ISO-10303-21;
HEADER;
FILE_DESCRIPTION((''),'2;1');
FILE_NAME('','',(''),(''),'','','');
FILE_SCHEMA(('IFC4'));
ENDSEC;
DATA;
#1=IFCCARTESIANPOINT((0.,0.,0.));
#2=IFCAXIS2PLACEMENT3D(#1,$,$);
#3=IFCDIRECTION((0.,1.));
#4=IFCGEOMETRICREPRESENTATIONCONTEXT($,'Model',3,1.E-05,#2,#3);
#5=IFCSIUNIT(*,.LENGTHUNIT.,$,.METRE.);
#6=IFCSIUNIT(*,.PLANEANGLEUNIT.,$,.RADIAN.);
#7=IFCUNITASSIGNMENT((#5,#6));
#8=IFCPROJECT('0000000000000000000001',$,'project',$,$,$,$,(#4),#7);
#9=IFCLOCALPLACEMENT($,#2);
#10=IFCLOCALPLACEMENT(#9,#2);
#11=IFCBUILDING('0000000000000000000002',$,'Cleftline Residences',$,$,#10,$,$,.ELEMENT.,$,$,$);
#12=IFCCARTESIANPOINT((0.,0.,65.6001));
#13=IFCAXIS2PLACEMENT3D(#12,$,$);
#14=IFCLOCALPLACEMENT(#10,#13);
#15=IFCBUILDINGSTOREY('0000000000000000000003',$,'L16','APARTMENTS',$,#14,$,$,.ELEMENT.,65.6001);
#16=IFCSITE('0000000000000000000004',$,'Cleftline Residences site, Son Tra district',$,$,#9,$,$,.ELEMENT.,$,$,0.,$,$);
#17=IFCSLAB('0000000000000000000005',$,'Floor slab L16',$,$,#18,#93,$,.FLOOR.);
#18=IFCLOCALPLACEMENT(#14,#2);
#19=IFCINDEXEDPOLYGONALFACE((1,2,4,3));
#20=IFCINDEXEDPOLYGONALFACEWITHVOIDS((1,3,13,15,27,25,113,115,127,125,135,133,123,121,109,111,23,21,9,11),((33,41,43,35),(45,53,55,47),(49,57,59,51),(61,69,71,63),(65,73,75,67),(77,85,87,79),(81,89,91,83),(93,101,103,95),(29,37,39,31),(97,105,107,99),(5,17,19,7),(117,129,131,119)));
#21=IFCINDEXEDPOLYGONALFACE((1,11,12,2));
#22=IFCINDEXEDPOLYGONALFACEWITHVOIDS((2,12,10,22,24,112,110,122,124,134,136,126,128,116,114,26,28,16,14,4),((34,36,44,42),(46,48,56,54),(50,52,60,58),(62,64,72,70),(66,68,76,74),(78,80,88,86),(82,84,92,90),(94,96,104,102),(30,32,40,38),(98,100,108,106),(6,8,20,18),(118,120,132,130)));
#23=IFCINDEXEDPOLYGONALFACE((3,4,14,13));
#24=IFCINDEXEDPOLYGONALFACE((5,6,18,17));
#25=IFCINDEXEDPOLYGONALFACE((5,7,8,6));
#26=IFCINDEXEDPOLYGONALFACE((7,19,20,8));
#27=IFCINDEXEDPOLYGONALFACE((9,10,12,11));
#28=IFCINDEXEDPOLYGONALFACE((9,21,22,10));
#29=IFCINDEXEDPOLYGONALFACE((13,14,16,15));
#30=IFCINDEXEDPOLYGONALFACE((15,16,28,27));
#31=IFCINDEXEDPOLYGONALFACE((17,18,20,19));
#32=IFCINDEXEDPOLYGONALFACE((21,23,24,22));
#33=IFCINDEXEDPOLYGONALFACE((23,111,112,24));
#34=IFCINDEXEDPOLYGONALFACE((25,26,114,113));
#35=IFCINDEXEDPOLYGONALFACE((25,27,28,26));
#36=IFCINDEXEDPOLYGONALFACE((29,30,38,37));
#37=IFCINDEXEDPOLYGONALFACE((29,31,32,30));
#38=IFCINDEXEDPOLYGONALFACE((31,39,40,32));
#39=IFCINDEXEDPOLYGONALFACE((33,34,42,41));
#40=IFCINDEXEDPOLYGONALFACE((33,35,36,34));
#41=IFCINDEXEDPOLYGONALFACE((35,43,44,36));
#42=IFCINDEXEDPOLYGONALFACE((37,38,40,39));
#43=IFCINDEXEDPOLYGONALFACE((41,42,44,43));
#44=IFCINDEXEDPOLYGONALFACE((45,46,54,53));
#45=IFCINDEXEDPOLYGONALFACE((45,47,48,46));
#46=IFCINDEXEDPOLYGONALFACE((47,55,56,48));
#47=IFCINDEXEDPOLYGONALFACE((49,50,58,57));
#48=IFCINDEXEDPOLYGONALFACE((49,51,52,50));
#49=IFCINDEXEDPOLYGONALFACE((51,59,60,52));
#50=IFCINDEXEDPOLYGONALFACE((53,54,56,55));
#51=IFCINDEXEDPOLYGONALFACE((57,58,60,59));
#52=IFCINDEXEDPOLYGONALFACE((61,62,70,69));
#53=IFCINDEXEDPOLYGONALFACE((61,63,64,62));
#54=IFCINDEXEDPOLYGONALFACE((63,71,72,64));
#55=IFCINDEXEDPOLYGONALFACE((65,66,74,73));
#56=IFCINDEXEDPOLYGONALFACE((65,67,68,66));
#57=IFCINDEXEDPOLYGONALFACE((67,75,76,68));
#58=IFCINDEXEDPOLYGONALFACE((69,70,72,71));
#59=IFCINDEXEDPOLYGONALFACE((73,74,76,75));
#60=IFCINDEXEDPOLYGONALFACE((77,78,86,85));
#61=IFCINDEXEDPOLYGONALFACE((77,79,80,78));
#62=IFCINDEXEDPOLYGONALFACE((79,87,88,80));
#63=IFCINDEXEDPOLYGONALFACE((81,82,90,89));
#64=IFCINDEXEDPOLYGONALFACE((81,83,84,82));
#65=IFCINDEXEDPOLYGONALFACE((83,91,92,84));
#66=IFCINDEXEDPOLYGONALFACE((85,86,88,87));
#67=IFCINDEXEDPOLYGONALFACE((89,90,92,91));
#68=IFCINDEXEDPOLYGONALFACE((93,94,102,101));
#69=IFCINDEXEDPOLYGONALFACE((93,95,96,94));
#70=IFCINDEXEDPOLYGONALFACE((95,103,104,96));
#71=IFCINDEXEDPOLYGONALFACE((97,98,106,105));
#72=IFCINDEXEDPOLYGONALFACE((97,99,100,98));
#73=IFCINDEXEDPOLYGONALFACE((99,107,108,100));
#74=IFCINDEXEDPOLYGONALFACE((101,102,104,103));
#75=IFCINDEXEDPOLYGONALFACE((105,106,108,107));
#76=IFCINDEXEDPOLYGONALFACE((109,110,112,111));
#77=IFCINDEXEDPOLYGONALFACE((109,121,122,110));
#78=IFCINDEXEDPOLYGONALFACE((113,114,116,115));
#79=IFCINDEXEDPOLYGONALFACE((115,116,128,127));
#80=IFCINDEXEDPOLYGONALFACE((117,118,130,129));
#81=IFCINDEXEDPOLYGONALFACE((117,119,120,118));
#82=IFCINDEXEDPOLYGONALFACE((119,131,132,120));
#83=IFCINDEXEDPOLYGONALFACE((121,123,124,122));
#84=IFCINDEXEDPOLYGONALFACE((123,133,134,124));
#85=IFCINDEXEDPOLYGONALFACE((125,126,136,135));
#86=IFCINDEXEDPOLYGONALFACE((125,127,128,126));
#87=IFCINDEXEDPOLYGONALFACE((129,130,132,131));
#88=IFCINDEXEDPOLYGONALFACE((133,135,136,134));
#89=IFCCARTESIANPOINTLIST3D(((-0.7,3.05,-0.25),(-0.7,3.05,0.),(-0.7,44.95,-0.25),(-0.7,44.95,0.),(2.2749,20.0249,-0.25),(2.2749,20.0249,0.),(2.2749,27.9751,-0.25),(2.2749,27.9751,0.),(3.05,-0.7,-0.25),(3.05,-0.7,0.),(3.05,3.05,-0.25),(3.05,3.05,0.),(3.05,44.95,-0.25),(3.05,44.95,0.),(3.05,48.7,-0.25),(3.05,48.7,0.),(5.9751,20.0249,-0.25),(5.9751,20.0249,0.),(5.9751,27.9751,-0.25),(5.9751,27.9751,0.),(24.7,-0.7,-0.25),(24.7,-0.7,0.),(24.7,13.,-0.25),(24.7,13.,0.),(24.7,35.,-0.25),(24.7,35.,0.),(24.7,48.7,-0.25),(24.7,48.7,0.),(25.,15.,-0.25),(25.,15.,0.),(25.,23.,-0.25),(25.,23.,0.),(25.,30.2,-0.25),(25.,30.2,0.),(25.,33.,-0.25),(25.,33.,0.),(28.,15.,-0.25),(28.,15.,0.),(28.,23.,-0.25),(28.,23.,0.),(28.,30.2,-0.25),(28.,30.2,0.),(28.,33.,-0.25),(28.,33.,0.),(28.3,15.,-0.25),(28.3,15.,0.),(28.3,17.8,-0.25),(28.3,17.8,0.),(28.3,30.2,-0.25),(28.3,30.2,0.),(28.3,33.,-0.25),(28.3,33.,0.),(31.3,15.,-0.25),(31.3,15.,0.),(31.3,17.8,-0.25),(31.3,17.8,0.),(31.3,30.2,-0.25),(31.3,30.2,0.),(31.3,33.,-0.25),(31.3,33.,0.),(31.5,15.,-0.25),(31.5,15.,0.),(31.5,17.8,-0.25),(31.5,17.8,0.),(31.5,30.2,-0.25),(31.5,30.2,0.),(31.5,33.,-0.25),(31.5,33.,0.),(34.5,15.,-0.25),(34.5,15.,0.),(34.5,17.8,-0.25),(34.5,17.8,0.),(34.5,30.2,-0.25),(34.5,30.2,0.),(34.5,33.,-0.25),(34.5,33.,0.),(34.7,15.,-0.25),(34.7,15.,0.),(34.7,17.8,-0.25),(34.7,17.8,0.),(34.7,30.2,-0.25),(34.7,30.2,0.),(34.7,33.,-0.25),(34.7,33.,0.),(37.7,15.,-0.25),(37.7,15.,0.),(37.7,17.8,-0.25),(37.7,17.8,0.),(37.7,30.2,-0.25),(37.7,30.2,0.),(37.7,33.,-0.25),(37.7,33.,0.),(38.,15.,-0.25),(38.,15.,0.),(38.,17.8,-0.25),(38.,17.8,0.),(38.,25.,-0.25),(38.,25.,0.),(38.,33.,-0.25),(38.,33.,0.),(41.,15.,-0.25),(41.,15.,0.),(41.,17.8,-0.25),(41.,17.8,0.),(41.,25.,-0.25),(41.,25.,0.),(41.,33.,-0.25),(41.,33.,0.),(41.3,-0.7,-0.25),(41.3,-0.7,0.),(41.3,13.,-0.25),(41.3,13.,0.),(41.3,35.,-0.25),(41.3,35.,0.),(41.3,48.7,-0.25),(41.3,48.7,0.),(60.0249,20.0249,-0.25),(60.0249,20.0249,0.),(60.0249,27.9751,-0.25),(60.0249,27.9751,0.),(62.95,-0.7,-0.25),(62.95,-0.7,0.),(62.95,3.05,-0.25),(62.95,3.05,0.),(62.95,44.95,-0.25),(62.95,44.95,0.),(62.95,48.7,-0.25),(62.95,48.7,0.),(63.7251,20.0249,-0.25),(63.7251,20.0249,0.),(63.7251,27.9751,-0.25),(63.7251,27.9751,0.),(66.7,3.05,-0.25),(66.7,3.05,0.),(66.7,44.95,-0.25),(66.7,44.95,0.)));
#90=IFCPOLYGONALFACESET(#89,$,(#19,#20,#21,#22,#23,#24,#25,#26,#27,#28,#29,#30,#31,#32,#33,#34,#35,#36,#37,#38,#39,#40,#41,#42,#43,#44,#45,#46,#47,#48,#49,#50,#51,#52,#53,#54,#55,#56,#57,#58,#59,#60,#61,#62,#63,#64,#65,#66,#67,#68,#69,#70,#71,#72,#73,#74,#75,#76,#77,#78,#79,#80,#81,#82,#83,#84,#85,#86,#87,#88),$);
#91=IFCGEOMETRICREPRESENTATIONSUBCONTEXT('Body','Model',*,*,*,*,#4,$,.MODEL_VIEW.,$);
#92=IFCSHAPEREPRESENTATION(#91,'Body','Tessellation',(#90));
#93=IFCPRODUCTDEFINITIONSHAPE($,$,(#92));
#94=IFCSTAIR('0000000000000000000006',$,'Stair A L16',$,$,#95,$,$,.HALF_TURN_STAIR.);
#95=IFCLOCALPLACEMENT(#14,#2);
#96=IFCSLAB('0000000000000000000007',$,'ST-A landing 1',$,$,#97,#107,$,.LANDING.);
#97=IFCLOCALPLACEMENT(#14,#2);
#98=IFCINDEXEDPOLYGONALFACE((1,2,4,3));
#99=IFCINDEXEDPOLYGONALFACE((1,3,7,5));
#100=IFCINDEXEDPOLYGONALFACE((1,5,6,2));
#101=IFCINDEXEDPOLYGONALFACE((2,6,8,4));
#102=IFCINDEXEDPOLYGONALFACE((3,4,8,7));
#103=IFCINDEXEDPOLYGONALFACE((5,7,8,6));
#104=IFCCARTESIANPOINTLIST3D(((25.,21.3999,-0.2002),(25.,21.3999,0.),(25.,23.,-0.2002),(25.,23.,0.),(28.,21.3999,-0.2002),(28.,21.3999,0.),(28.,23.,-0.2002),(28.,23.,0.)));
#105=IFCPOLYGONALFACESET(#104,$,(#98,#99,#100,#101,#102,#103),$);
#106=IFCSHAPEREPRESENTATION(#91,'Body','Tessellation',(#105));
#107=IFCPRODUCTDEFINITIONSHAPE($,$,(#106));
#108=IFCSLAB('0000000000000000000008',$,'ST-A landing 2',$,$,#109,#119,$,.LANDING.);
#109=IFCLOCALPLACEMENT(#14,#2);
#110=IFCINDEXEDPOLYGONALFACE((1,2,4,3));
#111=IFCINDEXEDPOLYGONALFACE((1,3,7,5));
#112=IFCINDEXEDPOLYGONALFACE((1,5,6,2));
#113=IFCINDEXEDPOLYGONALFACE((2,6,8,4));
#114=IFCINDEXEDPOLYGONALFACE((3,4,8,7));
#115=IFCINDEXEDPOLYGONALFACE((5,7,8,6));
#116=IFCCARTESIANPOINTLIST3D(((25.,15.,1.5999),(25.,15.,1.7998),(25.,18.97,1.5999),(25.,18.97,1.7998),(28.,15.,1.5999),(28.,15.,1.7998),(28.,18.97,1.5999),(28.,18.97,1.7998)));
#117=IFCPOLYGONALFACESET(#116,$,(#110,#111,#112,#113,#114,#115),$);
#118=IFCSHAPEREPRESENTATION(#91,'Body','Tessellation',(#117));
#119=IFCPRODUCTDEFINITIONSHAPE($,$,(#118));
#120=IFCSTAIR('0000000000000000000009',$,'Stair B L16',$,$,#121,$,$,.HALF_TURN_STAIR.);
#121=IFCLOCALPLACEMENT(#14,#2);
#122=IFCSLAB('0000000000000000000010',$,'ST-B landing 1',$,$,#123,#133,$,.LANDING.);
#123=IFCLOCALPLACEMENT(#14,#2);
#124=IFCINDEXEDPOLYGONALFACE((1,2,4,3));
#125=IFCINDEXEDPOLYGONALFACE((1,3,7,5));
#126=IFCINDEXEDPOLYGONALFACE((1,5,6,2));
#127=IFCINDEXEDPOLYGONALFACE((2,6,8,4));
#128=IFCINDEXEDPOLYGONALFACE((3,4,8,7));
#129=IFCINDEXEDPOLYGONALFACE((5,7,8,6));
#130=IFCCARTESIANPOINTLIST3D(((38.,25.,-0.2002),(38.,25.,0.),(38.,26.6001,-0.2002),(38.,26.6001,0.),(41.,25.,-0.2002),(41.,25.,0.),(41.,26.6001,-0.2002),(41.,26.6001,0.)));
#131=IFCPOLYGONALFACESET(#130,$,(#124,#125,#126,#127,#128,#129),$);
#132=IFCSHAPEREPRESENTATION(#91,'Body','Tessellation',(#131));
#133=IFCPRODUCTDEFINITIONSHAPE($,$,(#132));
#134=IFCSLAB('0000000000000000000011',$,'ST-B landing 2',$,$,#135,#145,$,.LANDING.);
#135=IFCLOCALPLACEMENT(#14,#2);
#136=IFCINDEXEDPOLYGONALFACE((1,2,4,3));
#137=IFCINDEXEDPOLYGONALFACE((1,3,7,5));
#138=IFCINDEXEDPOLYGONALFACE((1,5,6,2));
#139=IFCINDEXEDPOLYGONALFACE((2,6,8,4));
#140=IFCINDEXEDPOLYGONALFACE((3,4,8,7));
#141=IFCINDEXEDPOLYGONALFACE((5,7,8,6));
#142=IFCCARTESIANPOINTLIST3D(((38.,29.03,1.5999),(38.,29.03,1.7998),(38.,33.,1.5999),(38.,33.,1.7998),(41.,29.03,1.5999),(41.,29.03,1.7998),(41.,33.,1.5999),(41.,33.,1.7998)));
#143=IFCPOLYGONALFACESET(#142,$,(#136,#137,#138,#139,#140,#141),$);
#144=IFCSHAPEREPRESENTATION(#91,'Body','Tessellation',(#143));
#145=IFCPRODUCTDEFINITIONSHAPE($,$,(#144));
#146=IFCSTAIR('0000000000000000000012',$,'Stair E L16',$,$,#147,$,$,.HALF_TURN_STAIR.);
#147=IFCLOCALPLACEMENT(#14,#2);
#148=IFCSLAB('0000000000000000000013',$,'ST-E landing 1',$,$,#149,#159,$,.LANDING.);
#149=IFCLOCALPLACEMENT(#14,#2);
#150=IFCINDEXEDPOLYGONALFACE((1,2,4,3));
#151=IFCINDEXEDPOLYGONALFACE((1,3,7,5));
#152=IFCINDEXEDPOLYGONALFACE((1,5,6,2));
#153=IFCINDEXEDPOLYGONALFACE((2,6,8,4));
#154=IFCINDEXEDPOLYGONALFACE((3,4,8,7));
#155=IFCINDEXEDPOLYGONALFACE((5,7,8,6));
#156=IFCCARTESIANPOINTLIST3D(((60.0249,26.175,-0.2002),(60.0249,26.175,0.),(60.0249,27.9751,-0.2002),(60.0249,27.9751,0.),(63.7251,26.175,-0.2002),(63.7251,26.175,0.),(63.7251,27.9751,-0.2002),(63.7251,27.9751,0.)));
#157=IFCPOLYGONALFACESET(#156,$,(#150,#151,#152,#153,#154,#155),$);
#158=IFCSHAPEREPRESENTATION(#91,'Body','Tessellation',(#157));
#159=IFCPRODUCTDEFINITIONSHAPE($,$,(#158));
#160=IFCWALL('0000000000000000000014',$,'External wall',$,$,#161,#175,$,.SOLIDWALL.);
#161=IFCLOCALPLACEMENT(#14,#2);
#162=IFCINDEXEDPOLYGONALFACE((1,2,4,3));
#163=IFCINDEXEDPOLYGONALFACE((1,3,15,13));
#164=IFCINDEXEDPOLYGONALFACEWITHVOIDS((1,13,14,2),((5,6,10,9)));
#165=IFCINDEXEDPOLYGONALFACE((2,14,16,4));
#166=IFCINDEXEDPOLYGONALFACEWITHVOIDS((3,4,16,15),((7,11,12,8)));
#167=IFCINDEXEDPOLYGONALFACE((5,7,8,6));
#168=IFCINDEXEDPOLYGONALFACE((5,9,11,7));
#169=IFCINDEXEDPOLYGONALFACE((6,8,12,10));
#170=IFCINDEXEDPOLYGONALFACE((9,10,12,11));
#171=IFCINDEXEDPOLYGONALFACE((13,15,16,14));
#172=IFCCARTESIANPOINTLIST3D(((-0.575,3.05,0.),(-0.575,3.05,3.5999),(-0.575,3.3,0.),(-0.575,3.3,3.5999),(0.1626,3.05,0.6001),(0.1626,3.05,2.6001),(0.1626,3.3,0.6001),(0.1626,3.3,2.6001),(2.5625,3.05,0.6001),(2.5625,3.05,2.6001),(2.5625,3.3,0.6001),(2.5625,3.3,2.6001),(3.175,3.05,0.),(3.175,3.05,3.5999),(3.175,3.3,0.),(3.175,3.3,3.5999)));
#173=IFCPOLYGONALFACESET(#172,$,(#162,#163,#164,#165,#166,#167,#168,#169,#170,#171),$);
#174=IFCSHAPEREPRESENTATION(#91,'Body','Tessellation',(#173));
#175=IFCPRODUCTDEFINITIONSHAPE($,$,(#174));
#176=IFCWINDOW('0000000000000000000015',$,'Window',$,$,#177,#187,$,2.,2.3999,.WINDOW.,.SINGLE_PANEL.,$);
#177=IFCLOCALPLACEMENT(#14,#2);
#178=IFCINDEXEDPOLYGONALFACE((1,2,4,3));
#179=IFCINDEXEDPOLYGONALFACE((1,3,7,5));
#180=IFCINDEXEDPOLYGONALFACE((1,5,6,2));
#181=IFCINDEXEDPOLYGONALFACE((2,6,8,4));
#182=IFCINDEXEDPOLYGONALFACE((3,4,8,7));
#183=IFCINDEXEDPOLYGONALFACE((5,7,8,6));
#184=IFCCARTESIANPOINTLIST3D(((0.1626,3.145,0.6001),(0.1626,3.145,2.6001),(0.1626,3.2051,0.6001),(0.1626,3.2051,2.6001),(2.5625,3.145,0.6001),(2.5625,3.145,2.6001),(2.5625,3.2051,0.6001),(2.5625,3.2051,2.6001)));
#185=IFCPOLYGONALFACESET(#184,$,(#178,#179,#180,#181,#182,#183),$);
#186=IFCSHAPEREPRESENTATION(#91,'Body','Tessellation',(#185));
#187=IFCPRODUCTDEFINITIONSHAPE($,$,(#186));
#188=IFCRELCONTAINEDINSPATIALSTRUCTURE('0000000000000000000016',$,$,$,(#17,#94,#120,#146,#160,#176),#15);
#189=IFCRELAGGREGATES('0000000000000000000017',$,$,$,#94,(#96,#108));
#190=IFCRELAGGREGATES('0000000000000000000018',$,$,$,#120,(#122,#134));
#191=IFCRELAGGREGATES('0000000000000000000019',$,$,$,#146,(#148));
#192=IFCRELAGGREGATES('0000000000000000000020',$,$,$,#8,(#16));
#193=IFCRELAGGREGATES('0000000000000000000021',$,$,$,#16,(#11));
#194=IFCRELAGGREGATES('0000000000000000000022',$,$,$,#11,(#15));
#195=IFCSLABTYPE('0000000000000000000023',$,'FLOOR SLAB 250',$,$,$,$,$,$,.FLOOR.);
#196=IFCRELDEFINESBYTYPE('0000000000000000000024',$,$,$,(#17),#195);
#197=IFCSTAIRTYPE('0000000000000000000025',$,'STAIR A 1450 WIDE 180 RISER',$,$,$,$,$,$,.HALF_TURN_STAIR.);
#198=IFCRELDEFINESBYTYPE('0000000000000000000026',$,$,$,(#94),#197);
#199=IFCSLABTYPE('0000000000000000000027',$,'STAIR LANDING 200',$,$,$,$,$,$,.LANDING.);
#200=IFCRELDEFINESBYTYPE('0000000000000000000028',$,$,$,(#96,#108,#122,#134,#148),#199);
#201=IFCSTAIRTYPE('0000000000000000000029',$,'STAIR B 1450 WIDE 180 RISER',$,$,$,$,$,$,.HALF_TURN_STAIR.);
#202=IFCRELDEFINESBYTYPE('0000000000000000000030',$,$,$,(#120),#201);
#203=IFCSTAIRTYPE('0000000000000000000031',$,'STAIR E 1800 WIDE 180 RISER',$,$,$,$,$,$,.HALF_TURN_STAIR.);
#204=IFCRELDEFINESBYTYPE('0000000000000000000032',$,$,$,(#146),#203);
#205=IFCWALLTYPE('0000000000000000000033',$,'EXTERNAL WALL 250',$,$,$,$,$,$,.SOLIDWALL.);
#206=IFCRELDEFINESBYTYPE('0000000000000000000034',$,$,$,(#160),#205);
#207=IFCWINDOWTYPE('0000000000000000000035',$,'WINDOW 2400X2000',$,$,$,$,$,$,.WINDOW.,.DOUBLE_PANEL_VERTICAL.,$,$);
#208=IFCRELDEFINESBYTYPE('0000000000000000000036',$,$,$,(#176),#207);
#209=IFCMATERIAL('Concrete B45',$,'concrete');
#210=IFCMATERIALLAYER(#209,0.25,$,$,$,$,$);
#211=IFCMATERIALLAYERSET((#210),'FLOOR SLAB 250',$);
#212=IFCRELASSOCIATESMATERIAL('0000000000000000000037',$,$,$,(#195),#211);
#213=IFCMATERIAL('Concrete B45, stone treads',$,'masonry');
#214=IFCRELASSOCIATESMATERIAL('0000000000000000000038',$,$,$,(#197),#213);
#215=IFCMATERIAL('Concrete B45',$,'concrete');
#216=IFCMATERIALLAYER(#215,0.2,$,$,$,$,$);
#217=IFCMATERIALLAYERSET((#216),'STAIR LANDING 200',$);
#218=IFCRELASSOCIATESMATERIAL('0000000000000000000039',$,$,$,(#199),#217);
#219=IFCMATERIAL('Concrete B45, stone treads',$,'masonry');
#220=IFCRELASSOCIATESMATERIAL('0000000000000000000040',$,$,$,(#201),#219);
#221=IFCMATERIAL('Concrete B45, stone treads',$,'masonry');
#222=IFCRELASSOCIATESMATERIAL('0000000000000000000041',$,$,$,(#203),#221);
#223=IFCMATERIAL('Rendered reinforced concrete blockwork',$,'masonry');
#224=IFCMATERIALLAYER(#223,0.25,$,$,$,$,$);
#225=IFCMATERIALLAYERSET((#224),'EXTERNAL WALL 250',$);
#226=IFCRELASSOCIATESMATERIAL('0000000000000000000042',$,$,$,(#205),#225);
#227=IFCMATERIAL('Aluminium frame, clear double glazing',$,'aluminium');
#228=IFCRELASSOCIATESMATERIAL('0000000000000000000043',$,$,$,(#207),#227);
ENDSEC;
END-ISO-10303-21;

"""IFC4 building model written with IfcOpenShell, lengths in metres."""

from ifc_helpers import new_model, si_unit, direction, frame, frame_2d, origin, place, context, subcontext, project, spatial, polyline, rectangle, outline, extrude, material, layer, layer_set, type_object, element, fill, aggregate, save


model = new_model("IFC4")

# Units and contexts
model_context = context("Model", 3, precision=1e-05, world=origin(), true_north=direction((0.0, 1.0)))
body_context = subcontext(model_context, "Body", "Model", "MODEL_VIEW")
ifc_project = project(units=[si_unit("LENGTHUNIT", "METRE"), si_unit("PLANEANGLEUNIT", "RADIAN")], contexts=[model_context])

# Site, building, storey
site_placement = place(None, origin())
site = spatial("IfcSite", under=ifc_project, at=site_placement, Name="Cleftline Residences site, Son Tra district", CompositionType="ELEMENT", RefElevation=0.0)
building_placement = place(site_placement, origin())
building = spatial("IfcBuilding", under=site, at=building_placement, Name="Cleftline Residences", CompositionType="ELEMENT")
storey_placement = place(building_placement, frame((0.0, 0.0, 65.6001)))
storey = spatial("IfcBuildingStorey", under=building, at=storey_placement, Name="L16", Description="APARTMENTS", CompositionType="ELEMENT", Elevation=65.6001)

# Slab
ifc_material_1 = material(Name="Concrete B45", Category="concrete")
ifc_layer_1 = layer(ifc_material_1, 0.25)
ifc_layer_set_1 = layer_set([ifc_layer_1], Name="FLOOR SLAB 250")
slab_type_1 = type_object("IfcSlabType", Name="FLOOR SLAB 250", PredefinedType="FLOOR", material=ifc_layer_set_1)
slab_1_placement = place(storey_placement, frame((0.0, 0.0, -0.25)))
element("IfcSlab", 1, at=slab_1_placement, inside=storey, type_object=slab_type_1, Name="Floor slab L16", PredefinedType="FLOOR", context=body_context, shape_type="SweptSolid", body=[
    extrude(outline(polyline([(24.7, 13.0), (41.3, 13.0), (41.3, -0.7), (62.95, -0.7), (62.95, 3.05), (66.7, 3.05), (66.7, 44.95), (62.95, 44.95), (62.95, 48.7), (41.3, 48.7), (41.3, 35.0), (24.7, 35.0), (24.7, 48.7), (3.05, 48.7), (3.05, 44.95), (-0.7, 44.95), (-0.7, 3.05), (3.05, 3.05), (3.05, -0.7), (24.7, -0.7), (24.7, 13.0)]), holes=[polyline([(28.0, 15.0), (28.0, 23.0), (25.0, 23.0), (25.0, 15.0), (28.0, 15.0)]), polyline([(41.0, 25.0), (41.0, 33.0), (38.0, 33.0), (38.0, 25.0), (41.0, 25.0)]), polyline([(28.0, 30.2), (28.0, 33.0), (25.0, 33.0), (25.0, 30.2), (28.0, 30.2)]), polyline([(41.0, 15.0), (41.0, 17.8), (38.0, 17.8), (38.0, 15.0), (41.0, 15.0)]), polyline([(31.3, 15.0), (31.3, 17.8), (28.3, 17.8), (28.3, 15.0), (31.3, 15.0)]), polyline([(34.5, 15.0), (34.5, 17.8), (31.5, 17.8), (31.5, 15.0), (34.5, 15.0)]), polyline([(37.7, 15.0), (37.7, 17.8), (34.7, 17.8), (34.7, 15.0), (37.7, 15.0)]), polyline([(31.3, 30.2), (31.3, 33.0), (28.3, 33.0), (28.3, 30.2), (31.3, 30.2)]), polyline([(34.5, 30.2), (34.5, 33.0), (31.5, 33.0), (31.5, 30.2), (34.5, 30.2)]), polyline([(37.7, 30.2), (37.7, 33.0), (34.7, 33.0), (34.7, 30.2), (37.7, 30.2)]), polyline([(63.7251, 20.0249), (63.7251, 27.9751), (60.0249, 27.9751), (60.0249, 20.0249), (63.7251, 20.0249)]), polyline([(5.9751, 20.0249), (5.9751, 27.9751), (2.2749, 27.9751), (2.2749, 20.0249), (5.9751, 20.0249)])]), origin(), (0.0, 0.0, 1.0), 0.25),
])

# Stairs, slabs
ifc_material_2 = material(Name="Concrete B45, stone treads", Category="masonry")
stair_type_1 = type_object("IfcStairType", Name="STAIR A 1450 WIDE 180 RISER", PredefinedType="HALF_TURN_STAIR", material=ifc_material_2)
stair_1_placement = place(storey_placement, origin())
stair_1 = element("IfcStair", 2, at=stair_1_placement, inside=storey, type_object=stair_type_1, Name="Stair A L16", PredefinedType="HALF_TURN_STAIR")
ifc_material_3 = material(Name="Concrete B45", Category="concrete")
ifc_layer_2 = layer(ifc_material_3, 0.2)
ifc_layer_set_2 = layer_set([ifc_layer_2], Name="STAIR LANDING 200")
slab_type_2 = type_object("IfcSlabType", Name="STAIR LANDING 200", PredefinedType="LANDING", material=ifc_layer_set_2)
slab_2_placement = place(storey_placement, frame((0.0, 0.0, -0.2002)))
slab_2 = element("IfcSlab", 3, at=slab_2_placement, type_object=slab_type_2, Name="ST-A landing 1", PredefinedType="LANDING", context=body_context, shape_type="SweptSolid", body=[
    extrude(outline(polyline([(25.0, 21.3999), (28.0, 21.3999), (28.0, 23.0), (25.0, 23.0), (25.0, 21.3999)])), origin(), (0.0, 0.0, 1.0), 0.2002),
])
slab_3_placement = place(storey_placement, frame((0.0, 0.0, 1.5999)))
slab_3 = element("IfcSlab", 4, at=slab_3_placement, type_object=slab_type_2, Name="ST-A landing 2", PredefinedType="LANDING", context=body_context, shape_type="SweptSolid", body=[
    extrude(outline(polyline([(25.0, 15.0), (28.0, 15.0), (28.0, 18.97), (25.0, 18.97), (25.0, 15.0)])), origin(), (0.0, 0.0, 1.0), 0.2),
])
aggregate(stair_1, [slab_2, slab_3])
ifc_material_4 = material(Name="Concrete B45, stone treads", Category="masonry")
stair_type_2 = type_object("IfcStairType", Name="STAIR B 1450 WIDE 180 RISER", PredefinedType="HALF_TURN_STAIR", material=ifc_material_4)
stair_2_placement = place(storey_placement, origin())
stair_2 = element("IfcStair", 5, at=stair_2_placement, inside=storey, type_object=stair_type_2, Name="Stair B L16", PredefinedType="HALF_TURN_STAIR")
slab_4_placement = place(storey_placement, frame((0.0, 0.0, -0.2002)))
slab_4 = element("IfcSlab", 6, at=slab_4_placement, type_object=slab_type_2, Name="ST-B landing 1", PredefinedType="LANDING", context=body_context, shape_type="SweptSolid", body=[
    extrude(outline(polyline([(38.0, 25.0), (41.0, 25.0), (41.0, 26.6001), (38.0, 26.6001), (38.0, 25.0)])), origin(), (0.0, 0.0, 1.0), 0.2002),
])
slab_5_placement = place(storey_placement, frame((0.0, 0.0, 1.5999)))
slab_5 = element("IfcSlab", 7, at=slab_5_placement, type_object=slab_type_2, Name="ST-B landing 2", PredefinedType="LANDING", context=body_context, shape_type="SweptSolid", body=[
    extrude(outline(polyline([(38.0, 29.03), (41.0, 29.03), (41.0, 33.0), (38.0, 33.0), (38.0, 29.03)])), origin(), (0.0, 0.0, 1.0), 0.2),
])
aggregate(stair_2, [slab_4, slab_5])

# Stair, slab
ifc_material_5 = material(Name="Concrete B45, stone treads", Category="masonry")
stair_type_3 = type_object("IfcStairType", Name="STAIR E 1800 WIDE 180 RISER", PredefinedType="HALF_TURN_STAIR", material=ifc_material_5)
stair_3_placement = place(storey_placement, origin())
stair_3 = element("IfcStair", 8, at=stair_3_placement, inside=storey, type_object=stair_type_3, Name="Stair E L16", PredefinedType="HALF_TURN_STAIR")
slab_6_placement = place(storey_placement, frame((0.0, 0.0, -0.2002)))
slab_6 = element("IfcSlab", 9, at=slab_6_placement, type_object=slab_type_2, Name="ST-E landing 1", PredefinedType="LANDING", context=body_context, shape_type="SweptSolid", body=[
    extrude(outline(polyline([(60.0249, 26.175), (63.7251, 26.175), (63.7251, 27.9751), (60.0249, 27.9751), (60.0249, 26.175)])), origin(), (0.0, 0.0, 1.0), 0.2002),
])
aggregate(stair_3, [slab_6])

# Wall, opening, window
ifc_material_6 = material(Name="Rendered reinforced concrete blockwork", Category="masonry")
ifc_layer_3 = layer(ifc_material_6, 0.25)
ifc_layer_set_3 = layer_set([ifc_layer_3], Name="EXTERNAL WALL 250")
wall_type = type_object("IfcWallType", Name="EXTERNAL WALL 250", PredefinedType="SOLIDWALL", material=ifc_layer_set_3)
wall_placement = place(storey_placement, frame((-0.575, 3.175, 0.0), z_axis=(0.0, 0.0, 1.0), x_axis=(1.0, 0.0, 0.0)))
wall = element("IfcWall", 10, at=wall_placement, inside=storey, type_object=wall_type, Name="External wall", PredefinedType="SOLIDWALL", context=body_context, shape_type="SweptSolid", body=[
    extrude(rectangle(XDim=3.75, YDim=0.25, at=frame_2d((1.875, 0.0))), origin(), (0.0, 0.0, 1.0), 3.5999),
])
opening_placement = place(wall_placement, frame((0.7375, 0.0, 0.6001)))
opening = element("IfcOpeningElement", 11, at=opening_placement, cuts=wall, PredefinedType="OPENING", context=body_context, shape_type="SweptSolid", body=[
    extrude(rectangle(XDim=2.3999, YDim=2.0, at=frame_2d((1.2, 1.0))), frame((0.0, 0.135, 0.0), z_axis=(0.0, -1.0, 0.0), x_axis=(1.0, 0.0, 0.0)), (0.0, 0.0, 1.0), 0.27),
])
ifc_material_7 = material(Name="Aluminium frame, clear double glazing", Category="aluminium")
window_type = type_object("IfcWindowType", Name="WINDOW 2400X2000", PartitioningType="DOUBLE_PANEL_VERTICAL", PredefinedType="WINDOW", material=ifc_material_7)
window_placement = place(opening_placement, origin())
window = element("IfcWindow", 12, at=window_placement, inside=storey, type_object=window_type, Name="Window", OverallHeight=2.0, OverallWidth=2.3999, PartitioningType="SINGLE_PANEL", PredefinedType="WINDOW", context=body_context, shape_type="SweptSolid", body=[
    extrude(rectangle(XDim=2.3999, YDim=2.0, at=frame_2d((1.2, 1.0))), frame((0.0, 0.03, 0.0), z_axis=(0.0, -1.0, 0.0), x_axis=(1.0, 0.0, 0.0)), (0.0, 0.0, 1.0), 0.0601),
])
fill(opening, window)

save(model, "model.ifc")
